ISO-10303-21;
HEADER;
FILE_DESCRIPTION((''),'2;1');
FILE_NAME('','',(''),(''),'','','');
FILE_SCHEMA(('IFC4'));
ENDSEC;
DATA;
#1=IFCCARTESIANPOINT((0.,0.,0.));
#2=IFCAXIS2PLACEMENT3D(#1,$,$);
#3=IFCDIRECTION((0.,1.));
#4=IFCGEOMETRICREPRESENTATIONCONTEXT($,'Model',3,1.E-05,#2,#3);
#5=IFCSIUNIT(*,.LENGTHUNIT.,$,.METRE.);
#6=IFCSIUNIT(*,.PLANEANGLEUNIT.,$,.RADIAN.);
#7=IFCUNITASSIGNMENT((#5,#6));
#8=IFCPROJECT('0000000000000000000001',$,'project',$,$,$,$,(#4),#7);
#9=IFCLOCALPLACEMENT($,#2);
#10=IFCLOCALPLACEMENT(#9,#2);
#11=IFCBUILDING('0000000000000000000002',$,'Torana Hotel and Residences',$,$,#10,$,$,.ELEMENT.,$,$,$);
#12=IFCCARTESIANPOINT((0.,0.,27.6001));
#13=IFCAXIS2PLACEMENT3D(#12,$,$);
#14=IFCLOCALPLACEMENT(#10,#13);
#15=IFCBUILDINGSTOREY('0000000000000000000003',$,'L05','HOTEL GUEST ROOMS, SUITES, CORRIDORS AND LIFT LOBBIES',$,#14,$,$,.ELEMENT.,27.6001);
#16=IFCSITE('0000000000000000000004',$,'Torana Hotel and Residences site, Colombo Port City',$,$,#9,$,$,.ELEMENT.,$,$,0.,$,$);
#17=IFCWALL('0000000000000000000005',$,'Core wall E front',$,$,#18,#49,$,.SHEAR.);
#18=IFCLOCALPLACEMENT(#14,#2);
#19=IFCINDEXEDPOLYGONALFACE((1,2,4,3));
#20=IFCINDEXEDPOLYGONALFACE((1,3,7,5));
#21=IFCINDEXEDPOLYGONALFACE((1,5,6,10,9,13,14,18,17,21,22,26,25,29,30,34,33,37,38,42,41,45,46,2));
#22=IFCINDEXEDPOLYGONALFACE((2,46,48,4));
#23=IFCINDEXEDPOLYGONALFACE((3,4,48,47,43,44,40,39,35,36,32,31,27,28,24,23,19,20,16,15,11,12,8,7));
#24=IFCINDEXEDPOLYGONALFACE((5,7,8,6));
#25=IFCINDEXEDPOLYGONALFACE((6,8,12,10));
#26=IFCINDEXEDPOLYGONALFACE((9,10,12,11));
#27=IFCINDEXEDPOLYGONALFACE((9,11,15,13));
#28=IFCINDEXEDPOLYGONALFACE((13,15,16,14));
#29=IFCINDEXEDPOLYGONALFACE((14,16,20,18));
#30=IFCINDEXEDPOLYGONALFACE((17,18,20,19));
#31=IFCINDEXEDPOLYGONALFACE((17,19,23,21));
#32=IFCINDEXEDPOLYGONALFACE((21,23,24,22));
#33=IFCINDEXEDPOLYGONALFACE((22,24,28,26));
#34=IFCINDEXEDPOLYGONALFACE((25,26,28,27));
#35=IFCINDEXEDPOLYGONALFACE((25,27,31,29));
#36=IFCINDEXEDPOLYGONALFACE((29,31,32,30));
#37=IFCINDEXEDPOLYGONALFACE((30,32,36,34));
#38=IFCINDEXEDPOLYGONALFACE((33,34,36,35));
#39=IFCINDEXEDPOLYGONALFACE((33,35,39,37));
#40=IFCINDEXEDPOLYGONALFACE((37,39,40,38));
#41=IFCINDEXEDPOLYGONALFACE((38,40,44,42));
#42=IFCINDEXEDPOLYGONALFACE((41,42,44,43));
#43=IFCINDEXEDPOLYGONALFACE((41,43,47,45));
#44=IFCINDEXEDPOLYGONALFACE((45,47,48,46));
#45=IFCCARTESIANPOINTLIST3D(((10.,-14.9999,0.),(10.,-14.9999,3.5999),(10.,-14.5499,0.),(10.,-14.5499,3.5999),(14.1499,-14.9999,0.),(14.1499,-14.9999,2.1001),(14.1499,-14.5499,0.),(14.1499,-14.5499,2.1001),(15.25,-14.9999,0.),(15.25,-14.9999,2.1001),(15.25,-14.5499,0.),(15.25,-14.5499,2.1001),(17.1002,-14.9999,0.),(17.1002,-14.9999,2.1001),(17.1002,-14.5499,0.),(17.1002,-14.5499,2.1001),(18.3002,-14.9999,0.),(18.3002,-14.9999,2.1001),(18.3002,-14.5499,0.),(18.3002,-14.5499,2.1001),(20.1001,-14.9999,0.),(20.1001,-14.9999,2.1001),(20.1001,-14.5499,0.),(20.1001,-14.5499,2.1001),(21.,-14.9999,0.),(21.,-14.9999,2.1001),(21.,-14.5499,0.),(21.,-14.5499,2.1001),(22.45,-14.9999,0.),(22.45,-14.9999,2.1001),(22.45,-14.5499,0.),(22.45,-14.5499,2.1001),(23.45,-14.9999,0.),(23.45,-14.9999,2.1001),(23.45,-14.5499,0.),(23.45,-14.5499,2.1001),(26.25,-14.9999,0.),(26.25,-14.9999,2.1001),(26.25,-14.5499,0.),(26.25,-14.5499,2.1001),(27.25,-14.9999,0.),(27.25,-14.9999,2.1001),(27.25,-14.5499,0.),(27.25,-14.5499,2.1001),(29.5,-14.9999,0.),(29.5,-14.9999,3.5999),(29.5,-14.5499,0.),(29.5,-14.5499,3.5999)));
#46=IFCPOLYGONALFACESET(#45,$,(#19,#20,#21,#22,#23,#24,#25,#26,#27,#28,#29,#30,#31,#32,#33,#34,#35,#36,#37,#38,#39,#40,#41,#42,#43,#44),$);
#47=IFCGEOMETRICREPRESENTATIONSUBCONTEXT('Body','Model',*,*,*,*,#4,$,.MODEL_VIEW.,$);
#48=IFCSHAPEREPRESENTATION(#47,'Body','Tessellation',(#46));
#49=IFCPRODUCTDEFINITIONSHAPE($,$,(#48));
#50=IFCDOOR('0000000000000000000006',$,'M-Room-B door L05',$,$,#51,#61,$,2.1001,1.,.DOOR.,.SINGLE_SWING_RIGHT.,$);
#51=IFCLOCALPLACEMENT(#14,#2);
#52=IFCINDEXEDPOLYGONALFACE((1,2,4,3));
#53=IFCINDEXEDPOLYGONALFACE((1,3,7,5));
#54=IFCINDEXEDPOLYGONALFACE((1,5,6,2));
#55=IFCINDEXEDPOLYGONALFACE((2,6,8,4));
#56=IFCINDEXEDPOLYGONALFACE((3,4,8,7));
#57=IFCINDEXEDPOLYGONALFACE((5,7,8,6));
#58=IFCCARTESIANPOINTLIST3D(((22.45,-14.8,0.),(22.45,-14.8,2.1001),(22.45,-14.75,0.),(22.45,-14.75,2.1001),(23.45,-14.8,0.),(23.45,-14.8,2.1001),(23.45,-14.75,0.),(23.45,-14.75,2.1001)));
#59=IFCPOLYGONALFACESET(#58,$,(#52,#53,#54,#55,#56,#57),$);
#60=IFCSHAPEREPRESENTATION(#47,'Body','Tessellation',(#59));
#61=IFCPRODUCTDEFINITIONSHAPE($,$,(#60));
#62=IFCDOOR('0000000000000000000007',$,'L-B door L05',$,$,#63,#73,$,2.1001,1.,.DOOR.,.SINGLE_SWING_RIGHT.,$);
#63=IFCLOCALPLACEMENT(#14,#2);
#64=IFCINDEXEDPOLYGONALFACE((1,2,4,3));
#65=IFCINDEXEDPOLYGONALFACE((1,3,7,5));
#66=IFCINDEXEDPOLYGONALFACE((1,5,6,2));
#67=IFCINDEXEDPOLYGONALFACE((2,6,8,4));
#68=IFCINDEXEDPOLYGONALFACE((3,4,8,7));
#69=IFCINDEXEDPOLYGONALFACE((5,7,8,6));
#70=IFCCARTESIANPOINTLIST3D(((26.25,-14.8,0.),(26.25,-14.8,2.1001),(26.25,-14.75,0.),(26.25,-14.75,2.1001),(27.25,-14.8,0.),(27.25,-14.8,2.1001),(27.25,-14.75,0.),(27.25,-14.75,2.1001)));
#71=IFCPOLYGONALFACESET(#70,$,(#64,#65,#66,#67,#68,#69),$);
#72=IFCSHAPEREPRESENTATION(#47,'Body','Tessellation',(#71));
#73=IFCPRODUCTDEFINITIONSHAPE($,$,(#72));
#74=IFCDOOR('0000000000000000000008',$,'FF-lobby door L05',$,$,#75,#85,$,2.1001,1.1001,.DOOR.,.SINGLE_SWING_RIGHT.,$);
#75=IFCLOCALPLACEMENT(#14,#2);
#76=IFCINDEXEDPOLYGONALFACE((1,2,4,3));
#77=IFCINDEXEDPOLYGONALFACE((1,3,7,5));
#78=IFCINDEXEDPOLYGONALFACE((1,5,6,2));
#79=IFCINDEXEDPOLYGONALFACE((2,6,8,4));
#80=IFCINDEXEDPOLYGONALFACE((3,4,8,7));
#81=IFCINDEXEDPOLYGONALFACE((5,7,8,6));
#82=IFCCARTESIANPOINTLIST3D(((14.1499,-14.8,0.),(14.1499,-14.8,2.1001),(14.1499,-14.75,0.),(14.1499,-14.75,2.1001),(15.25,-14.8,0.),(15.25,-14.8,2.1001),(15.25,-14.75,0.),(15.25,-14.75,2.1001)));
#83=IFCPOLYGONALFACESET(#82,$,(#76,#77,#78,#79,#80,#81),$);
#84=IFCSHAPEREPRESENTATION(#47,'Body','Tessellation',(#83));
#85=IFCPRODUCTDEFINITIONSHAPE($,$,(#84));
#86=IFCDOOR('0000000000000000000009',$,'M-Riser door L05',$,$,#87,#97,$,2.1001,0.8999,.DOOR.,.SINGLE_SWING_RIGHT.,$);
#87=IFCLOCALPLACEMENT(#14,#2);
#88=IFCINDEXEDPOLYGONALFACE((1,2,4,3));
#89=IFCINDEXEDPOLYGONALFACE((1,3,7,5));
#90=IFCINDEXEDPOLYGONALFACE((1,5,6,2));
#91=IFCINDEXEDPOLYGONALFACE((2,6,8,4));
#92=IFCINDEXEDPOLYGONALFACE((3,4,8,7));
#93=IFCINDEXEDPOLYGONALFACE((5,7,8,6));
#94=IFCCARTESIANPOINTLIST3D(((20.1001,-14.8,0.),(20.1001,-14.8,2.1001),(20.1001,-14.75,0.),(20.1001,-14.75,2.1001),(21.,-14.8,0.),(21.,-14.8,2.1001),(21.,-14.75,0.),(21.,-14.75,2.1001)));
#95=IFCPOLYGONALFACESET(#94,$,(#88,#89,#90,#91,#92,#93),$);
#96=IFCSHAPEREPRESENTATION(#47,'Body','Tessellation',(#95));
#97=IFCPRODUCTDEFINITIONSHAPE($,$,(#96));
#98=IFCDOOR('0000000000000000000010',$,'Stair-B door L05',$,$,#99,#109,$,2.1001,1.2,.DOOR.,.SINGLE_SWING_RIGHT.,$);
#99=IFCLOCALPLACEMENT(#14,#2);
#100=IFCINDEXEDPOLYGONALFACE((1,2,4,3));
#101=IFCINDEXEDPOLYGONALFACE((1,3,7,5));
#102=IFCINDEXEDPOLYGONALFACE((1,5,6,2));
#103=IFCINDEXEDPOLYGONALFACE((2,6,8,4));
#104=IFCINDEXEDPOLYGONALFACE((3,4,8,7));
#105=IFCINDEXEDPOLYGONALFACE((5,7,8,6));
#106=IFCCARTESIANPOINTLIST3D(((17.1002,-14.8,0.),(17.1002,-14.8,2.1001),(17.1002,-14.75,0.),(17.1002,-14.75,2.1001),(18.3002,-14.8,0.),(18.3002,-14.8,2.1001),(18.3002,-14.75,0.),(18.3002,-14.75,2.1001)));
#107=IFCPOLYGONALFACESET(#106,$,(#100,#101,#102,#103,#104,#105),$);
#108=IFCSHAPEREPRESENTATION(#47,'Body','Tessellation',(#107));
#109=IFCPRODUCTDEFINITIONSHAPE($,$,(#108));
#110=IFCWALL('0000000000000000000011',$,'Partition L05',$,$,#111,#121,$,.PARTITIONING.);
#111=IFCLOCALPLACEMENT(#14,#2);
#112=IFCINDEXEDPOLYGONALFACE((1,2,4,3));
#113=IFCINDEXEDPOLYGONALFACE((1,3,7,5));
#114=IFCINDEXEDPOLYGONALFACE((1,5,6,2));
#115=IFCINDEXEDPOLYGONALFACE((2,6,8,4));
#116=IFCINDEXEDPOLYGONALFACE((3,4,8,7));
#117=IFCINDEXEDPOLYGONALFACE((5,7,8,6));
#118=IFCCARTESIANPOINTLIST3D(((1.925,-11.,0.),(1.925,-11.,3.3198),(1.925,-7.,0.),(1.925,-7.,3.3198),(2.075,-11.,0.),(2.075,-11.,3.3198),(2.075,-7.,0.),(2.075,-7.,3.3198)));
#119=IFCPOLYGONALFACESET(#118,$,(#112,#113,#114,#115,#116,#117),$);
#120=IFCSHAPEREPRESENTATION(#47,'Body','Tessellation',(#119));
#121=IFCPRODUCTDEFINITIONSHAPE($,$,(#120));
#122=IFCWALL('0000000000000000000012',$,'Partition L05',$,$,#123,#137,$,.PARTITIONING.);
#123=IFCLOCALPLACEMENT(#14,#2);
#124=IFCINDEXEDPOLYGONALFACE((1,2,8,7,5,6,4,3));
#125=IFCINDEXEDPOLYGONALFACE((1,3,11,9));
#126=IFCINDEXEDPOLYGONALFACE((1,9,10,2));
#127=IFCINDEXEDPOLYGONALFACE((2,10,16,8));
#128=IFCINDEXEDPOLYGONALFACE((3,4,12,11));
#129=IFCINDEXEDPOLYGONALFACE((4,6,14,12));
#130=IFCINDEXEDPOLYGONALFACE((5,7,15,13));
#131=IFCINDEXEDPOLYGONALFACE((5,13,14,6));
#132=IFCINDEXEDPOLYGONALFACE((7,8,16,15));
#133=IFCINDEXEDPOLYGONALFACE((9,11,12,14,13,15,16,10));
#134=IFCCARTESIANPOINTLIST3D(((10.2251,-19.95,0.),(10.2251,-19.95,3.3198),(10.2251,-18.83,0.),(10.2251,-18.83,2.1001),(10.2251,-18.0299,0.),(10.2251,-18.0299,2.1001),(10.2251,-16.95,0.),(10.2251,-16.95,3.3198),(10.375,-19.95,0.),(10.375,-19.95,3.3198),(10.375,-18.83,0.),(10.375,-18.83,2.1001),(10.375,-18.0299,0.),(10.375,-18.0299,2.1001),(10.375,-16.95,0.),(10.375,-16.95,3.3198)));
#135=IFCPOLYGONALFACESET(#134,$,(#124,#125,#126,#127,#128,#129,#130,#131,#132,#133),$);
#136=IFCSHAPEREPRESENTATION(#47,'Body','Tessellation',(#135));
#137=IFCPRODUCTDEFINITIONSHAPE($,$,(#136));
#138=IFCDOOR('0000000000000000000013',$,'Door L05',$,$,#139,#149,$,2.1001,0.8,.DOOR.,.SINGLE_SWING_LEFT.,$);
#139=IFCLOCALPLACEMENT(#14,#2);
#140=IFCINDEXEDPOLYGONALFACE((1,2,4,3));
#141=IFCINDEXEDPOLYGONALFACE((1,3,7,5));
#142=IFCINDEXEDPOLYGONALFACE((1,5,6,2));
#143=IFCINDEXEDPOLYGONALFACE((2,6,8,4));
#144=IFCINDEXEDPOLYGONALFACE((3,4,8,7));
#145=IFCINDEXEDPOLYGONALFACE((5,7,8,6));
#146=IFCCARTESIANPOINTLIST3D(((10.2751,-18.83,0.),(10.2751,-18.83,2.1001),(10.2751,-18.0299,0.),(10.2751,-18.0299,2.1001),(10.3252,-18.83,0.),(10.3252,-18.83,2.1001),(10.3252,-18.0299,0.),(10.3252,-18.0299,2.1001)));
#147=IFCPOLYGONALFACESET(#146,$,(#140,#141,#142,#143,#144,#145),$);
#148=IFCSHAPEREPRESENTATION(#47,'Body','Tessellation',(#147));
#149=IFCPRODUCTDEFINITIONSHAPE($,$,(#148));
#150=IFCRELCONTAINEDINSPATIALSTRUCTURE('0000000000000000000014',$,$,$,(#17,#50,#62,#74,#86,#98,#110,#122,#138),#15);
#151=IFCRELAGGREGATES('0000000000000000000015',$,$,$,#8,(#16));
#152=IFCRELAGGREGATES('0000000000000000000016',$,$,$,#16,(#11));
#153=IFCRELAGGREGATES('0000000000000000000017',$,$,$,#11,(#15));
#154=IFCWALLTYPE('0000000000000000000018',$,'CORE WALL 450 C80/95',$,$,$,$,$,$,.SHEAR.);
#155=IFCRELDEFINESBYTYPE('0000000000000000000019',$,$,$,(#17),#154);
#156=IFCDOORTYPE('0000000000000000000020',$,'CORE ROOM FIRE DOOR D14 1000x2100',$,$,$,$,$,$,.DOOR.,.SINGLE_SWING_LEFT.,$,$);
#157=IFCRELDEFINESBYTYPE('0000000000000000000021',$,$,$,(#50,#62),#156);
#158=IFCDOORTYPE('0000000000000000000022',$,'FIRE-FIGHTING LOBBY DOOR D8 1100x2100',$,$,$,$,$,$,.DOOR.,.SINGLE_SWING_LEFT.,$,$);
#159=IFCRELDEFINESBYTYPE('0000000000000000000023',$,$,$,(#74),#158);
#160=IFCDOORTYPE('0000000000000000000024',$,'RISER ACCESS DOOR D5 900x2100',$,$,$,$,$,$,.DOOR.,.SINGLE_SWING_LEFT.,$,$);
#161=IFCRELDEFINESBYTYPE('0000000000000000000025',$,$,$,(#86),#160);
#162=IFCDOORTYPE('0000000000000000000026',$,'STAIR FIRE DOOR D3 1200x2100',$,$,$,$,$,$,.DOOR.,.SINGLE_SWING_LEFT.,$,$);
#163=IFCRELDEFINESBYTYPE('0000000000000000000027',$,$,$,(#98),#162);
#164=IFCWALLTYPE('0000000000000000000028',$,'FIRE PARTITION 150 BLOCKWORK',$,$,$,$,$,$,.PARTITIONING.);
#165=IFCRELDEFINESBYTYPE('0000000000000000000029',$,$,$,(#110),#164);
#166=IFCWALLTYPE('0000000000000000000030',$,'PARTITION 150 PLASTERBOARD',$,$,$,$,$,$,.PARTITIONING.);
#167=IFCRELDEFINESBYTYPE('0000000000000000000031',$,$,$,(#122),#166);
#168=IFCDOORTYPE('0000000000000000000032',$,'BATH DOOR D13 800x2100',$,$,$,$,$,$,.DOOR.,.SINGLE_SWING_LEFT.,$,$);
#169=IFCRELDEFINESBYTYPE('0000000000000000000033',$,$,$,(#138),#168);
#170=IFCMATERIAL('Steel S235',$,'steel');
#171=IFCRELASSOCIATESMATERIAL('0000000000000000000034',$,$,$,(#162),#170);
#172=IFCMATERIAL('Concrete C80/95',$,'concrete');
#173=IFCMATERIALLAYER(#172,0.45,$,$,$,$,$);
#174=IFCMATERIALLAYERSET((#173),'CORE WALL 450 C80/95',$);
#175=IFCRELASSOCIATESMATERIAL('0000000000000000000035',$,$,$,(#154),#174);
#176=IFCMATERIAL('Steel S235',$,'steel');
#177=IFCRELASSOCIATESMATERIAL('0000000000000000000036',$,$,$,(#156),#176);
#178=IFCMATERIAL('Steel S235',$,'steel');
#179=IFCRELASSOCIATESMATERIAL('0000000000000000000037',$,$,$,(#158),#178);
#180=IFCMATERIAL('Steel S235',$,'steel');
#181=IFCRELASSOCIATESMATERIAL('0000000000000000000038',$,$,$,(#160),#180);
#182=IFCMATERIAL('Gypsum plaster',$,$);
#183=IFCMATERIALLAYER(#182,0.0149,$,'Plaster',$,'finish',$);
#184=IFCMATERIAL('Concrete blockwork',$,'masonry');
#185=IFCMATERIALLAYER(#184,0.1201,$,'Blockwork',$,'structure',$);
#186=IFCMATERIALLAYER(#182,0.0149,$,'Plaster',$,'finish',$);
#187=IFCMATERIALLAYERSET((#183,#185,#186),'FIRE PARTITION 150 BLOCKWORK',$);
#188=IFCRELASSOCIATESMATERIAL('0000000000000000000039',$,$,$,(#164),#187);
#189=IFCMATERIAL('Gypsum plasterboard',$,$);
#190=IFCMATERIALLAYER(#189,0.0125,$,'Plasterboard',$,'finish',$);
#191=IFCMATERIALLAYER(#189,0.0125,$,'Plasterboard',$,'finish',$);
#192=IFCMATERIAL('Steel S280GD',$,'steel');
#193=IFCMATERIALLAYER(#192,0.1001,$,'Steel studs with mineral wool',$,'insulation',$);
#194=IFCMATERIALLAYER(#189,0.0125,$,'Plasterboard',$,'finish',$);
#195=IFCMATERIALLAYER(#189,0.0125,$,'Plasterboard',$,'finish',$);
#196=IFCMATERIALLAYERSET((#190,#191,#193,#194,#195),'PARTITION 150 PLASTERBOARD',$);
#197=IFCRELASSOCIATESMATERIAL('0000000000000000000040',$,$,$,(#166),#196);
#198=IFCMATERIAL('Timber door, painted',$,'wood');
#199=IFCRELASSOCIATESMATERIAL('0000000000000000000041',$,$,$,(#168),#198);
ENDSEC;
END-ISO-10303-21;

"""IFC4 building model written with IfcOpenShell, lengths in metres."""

from ifc_helpers import new_model, si_unit, direction, frame, frame_2d, origin, place, context, subcontext, project, spatial, rectangle, extrude, material, layer, layer_set, type_object, element, fill, save


model = new_model("IFC4")

# Units and contexts
model_context = context("Model", 3, precision=1e-05, world=origin(), true_north=direction((0.0, 1.0)))
body_context = subcontext(model_context, "Body", "Model", "MODEL_VIEW")
ifc_project = project(units=[si_unit("LENGTHUNIT", "METRE"), si_unit("PLANEANGLEUNIT", "RADIAN")], contexts=[model_context])

# Site, building, storey
site_placement = place(None, origin())
site = spatial("IfcSite", under=ifc_project, at=site_placement, Name="Torana Hotel and Residences site, Colombo Port City", CompositionType="ELEMENT", RefElevation=0.0)
building_placement = place(site_placement, origin())
building = spatial("IfcBuilding", under=site, at=building_placement, Name="Torana Hotel and Residences", CompositionType="ELEMENT")
storey_placement = place(building_placement, frame((0.0, 0.0, 27.6001)))
storey = spatial("IfcBuildingStorey", under=building, at=storey_placement, Name="L05", Description="HOTEL GUEST ROOMS, SUITES, CORRIDORS AND LIFT LOBBIES", CompositionType="ELEMENT", Elevation=27.6001)

# Wall, openings, doors
ifc_material_1 = material(Name="Steel S235", Category="steel")
door_type_1 = type_object("IfcDoorType", Name="STAIR FIRE DOOR D3 1200x2100", OperationType="SINGLE_SWING_LEFT", PredefinedType="DOOR", material=ifc_material_1)
ifc_material_2 = material(Name="Concrete C80/95", Category="concrete")
ifc_layer_1 = layer(ifc_material_2, 0.45)
ifc_layer_set_1 = layer_set([ifc_layer_1], Name="CORE WALL 450 C80/95")
wall_type_1 = type_object("IfcWallType", Name="CORE WALL 450 C80/95", PredefinedType="SHEAR", material=ifc_layer_set_1)
wall_1_placement = place(storey_placement, frame((10.0, -14.7749, 0.0), z_axis=(0.0, 0.0, 1.0), x_axis=(1.0, 0.0, 0.0)))
wall_1 = element("IfcWall", 1, at=wall_1_placement, inside=storey, type_object=wall_type_1, Name="Core wall E front", PredefinedType="SHEAR", context=body_context, shape_type="SweptSolid", body=[
    extrude(rectangle(XDim=19.5, YDim=0.45, at=frame_2d((9.75, 0.0))), origin(), (0.0, 0.0, 1.0), 3.5999),
])
opening_1_placement = place(wall_1_placement, frame((7.1001, 0.0, 0.0)))
opening_1 = element("IfcOpeningElement", 2, at=opening_1_placement, cuts=wall_1, PredefinedType="OPENING", context=body_context, shape_type="SweptSolid", body=[
    extrude(rectangle(XDim=1.2, YDim=2.1001, at=frame_2d((0.6001, 1.05))), frame((0.0, 0.2349, 0.0), z_axis=(0.0, -1.0, 0.0), x_axis=(1.0, 0.0, 0.0)), (0.0, 0.0, 1.0), 0.47),
])
opening_2_placement = place(wall_1_placement, frame((4.1499, 0.0, 0.0)))
opening_2 = element("IfcOpeningElement", 3, at=opening_2_placement, cuts=wall_1, PredefinedType="OPENING", context=body_context, shape_type="SweptSolid", body=[
    extrude(rectangle(XDim=1.1001, YDim=2.1001, at=frame_2d((0.55, 1.05))), frame((0.0, 0.2349, 0.0), z_axis=(0.0, -1.0, 0.0), x_axis=(1.0, 0.0, 0.0)), (0.0, 0.0, 1.0), 0.47),
])
opening_3_placement = place(wall_1_placement, frame((10.1001, 0.0, 0.0)))
opening_3 = element("IfcOpeningElement", 4, at=opening_3_placement, cuts=wall_1, PredefinedType="OPENING", context=body_context, shape_type="SweptSolid", body=[
    extrude(rectangle(XDim=0.8999, YDim=2.1001, at=frame_2d((0.45, 1.05))), frame((0.0, 0.2349, 0.0), z_axis=(0.0, -1.0, 0.0), x_axis=(1.0, 0.0, 0.0)), (0.0, 0.0, 1.0), 0.47),
])
opening_4_placement = place(wall_1_placement, frame((12.45, 0.0, 0.0)))
opening_4 = element("IfcOpeningElement", 5, at=opening_4_placement, cuts=wall_1, PredefinedType="OPENING", context=body_context, shape_type="SweptSolid", body=[
    extrude(rectangle(XDim=1.0, YDim=2.1001, at=frame_2d((0.5, 1.05))), frame((0.0, 0.2349, 0.0), z_axis=(0.0, -1.0, 0.0), x_axis=(1.0, 0.0, 0.0)), (0.0, 0.0, 1.0), 0.47),
])
opening_5_placement = place(wall_1_placement, frame((16.25, 0.0, 0.0)))
opening_5 = element("IfcOpeningElement", 6, at=opening_5_placement, cuts=wall_1, PredefinedType="OPENING", context=body_context, shape_type="SweptSolid", body=[
    extrude(rectangle(XDim=1.0, YDim=2.1001, at=frame_2d((0.5, 1.05))), frame((0.0, 0.2349, 0.0), z_axis=(0.0, -1.0, 0.0), x_axis=(1.0, 0.0, 0.0)), (0.0, 0.0, 1.0), 0.47),
])
ifc_material_3 = material(Name="Steel S235", Category="steel")
door_type_2 = type_object("IfcDoorType", Name="CORE ROOM FIRE DOOR D14 1000x2100", OperationType="SINGLE_SWING_LEFT", PredefinedType="DOOR", material=ifc_material_3)
door_1_placement = place(opening_4_placement, origin())
door_1 = element("IfcDoor", 7, at=door_1_placement, inside=storey, type_object=door_type_2, Name="M-Room-B door L05", OperationType="SINGLE_SWING_RIGHT", OverallHeight=2.1001, OverallWidth=1.0, PredefinedType="DOOR", context=body_context, shape_type="SweptSolid", body=[
    extrude(rectangle(XDim=1.0, YDim=2.1001, at=frame_2d((0.5, 1.05))), frame((0.0, 0.0249, 0.0), z_axis=(0.0, -1.0, 0.0), x_axis=(1.0, 0.0, 0.0)), (0.0, 0.0, 1.0), 0.05),
])
fill(opening_4, door_1)
door_2_placement = place(opening_5_placement, origin())
door_2 = element("IfcDoor", 8, at=door_2_placement, inside=storey, type_object=door_type_2, Name="L-B door L05", OperationType="SINGLE_SWING_RIGHT", OverallHeight=2.1001, OverallWidth=1.0, PredefinedType="DOOR", context=body_context, shape_type="SweptSolid", body=[
    extrude(rectangle(XDim=1.0, YDim=2.1001, at=frame_2d((0.5, 1.05))), frame((0.0, 0.0249, 0.0), z_axis=(0.0, -1.0, 0.0), x_axis=(1.0, 0.0, 0.0)), (0.0, 0.0, 1.0), 0.05),
])
fill(opening_5, door_2)
ifc_material_4 = material(Name="Steel S235", Category="steel")
door_type_3 = type_object("IfcDoorType", Name="FIRE-FIGHTING LOBBY DOOR D8 1100x2100", OperationType="SINGLE_SWING_LEFT", PredefinedType="DOOR", material=ifc_material_4)
door_3_placement = place(opening_2_placement, origin())
door_3 = element("IfcDoor", 9, at=door_3_placement, inside=storey, type_object=door_type_3, Name="FF-lobby door L05", OperationType="SINGLE_SWING_RIGHT", OverallHeight=2.1001, OverallWidth=1.1001, PredefinedType="DOOR", context=body_context, shape_type="SweptSolid", body=[
    extrude(rectangle(XDim=1.1001, YDim=2.1001, at=frame_2d((0.55, 1.05))), frame((0.0, 0.0249, 0.0), z_axis=(0.0, -1.0, 0.0), x_axis=(1.0, 0.0, 0.0)), (0.0, 0.0, 1.0), 0.05),
])
fill(opening_2, door_3)
ifc_material_5 = material(Name="Steel S235", Category="steel")
door_type_4 = type_object("IfcDoorType", Name="RISER ACCESS DOOR D5 900x2100", OperationType="SINGLE_SWING_LEFT", PredefinedType="DOOR", material=ifc_material_5)
door_4_placement = place(opening_3_placement, origin())
door_4 = element("IfcDoor", 10, at=door_4_placement, inside=storey, type_object=door_type_4, Name="M-Riser door L05", OperationType="SINGLE_SWING_RIGHT", OverallHeight=2.1001, OverallWidth=0.8999, PredefinedType="DOOR", context=body_context, shape_type="SweptSolid", body=[
    extrude(rectangle(XDim=0.8999, YDim=2.1001, at=frame_2d((0.45, 1.05))), frame((0.0, 0.0249, 0.0), z_axis=(0.0, -1.0, 0.0), x_axis=(1.0, 0.0, 0.0)), (0.0, 0.0, 1.0), 0.05),
])
fill(opening_3, door_4)
door_5_placement = place(opening_1_placement, origin())
door_5 = element("IfcDoor", 11, at=door_5_placement, inside=storey, type_object=door_type_1, Name="Stair-B door L05", OperationType="SINGLE_SWING_RIGHT", OverallHeight=2.1001, OverallWidth=1.2, PredefinedType="DOOR", context=body_context, shape_type="SweptSolid", body=[
    extrude(rectangle(XDim=1.2, YDim=2.1001, at=frame_2d((0.6001, 1.05))), frame((0.0, 0.0249, 0.0), z_axis=(0.0, -1.0, 0.0), x_axis=(1.0, 0.0, 0.0)), (0.0, 0.0, 1.0), 0.05),
])
fill(opening_1, door_5)

# Wall
ifc_material_6 = material(Name="Gypsum plaster")
ifc_layer_2 = layer(ifc_material_6, 0.0149, Name="Plaster", Category="finish")
ifc_material_7 = material(Name="Concrete blockwork", Category="masonry")
ifc_layer_3 = layer(ifc_material_7, 0.1201, Name="Blockwork", Category="structure")
ifc_layer_4 = layer(ifc_material_6, 0.0149, Name="Plaster", Category="finish")
ifc_layer_set_2 = layer_set([ifc_layer_2, ifc_layer_3, ifc_layer_4], Name="FIRE PARTITION 150 BLOCKWORK")
wall_type_2 = type_object("IfcWallType", Name="FIRE PARTITION 150 BLOCKWORK", PredefinedType="PARTITIONING", material=ifc_layer_set_2)
wall_2_placement = place(storey_placement, frame((2.0, -11.0, 0.0), z_axis=(0.0, 0.0, 1.0), x_axis=(0.0, 1.0, 0.0)))
element("IfcWall", 12, at=wall_2_placement, inside=storey, type_object=wall_type_2, Name="Partition L05", PredefinedType="PARTITIONING", context=body_context, shape_type="SweptSolid", body=[
    extrude(rectangle(XDim=4.0, YDim=0.1499, at=frame_2d((2.0, 0.0))), origin(), (0.0, 0.0, 1.0), 3.3198),
])

# Wall, opening, door
ifc_material_8 = material(Name="Gypsum plasterboard")
ifc_layer_5 = layer(ifc_material_8, 0.0125, Name="Plasterboard", Category="finish")
ifc_layer_6 = layer(ifc_material_8, 0.0125, Name="Plasterboard", Category="finish")
ifc_material_9 = material(Name="Steel S280GD", Category="steel")
ifc_layer_7 = layer(ifc_material_9, 0.1001, Name="Steel studs with mineral wool", Category="insulation")
ifc_layer_8 = layer(ifc_material_8, 0.0125, Name="Plasterboard", Category="finish")
ifc_layer_9 = layer(ifc_material_8, 0.0125, Name="Plasterboard", Category="finish")
ifc_layer_set_3 = layer_set([ifc_layer_5, ifc_layer_6, ifc_layer_7, ifc_layer_8, ifc_layer_9], Name="PARTITION 150 PLASTERBOARD")
wall_type_3 = type_object("IfcWallType", Name="PARTITION 150 PLASTERBOARD", PredefinedType="PARTITIONING", material=ifc_layer_set_3)
wall_3_placement = place(storey_placement, frame((10.3, -19.95, 0.0), z_axis=(0.0, 0.0, 1.0), x_axis=(0.0, 1.0, 0.0)))
wall_3 = element("IfcWall", 13, at=wall_3_placement, inside=storey, type_object=wall_type_3, Name="Partition L05", PredefinedType="PARTITIONING", context=body_context, shape_type="SweptSolid", body=[
    extrude(rectangle(XDim=3.0, YDim=0.1499, at=frame_2d((1.5, 0.0))), origin(), (0.0, 0.0, 1.0), 3.3198),
])
opening_6_placement = place(wall_3_placement, frame((1.1201, 0.0, 0.0)))
opening_6 = element("IfcOpeningElement", 14, at=opening_6_placement, cuts=wall_3, PredefinedType="OPENING", context=body_context, shape_type="SweptSolid", body=[
    extrude(rectangle(XDim=0.8, YDim=2.1001, at=frame_2d((0.3999, 1.05))), frame((0.0, 0.085, 0.0), z_axis=(0.0, -1.0, 0.0), x_axis=(1.0, 0.0, 0.0)), (0.0, 0.0, 1.0), 0.1699),
])
ifc_material_10 = material(Name="Timber door, painted", Category="wood")
door_type_5 = type_object("IfcDoorType", Name="BATH DOOR D13 800x2100", OperationType="SINGLE_SWING_LEFT", PredefinedType="DOOR", material=ifc_material_10)
door_6_placement = place(opening_6_placement, origin())
door_6 = element("IfcDoor", 15, at=door_6_placement, inside=storey, type_object=door_type_5, Name="Door L05", OperationType="SINGLE_SWING_LEFT", OverallHeight=2.1001, OverallWidth=0.8, PredefinedType="DOOR", context=body_context, shape_type="SweptSolid", body=[
    extrude(rectangle(XDim=0.8, YDim=2.1001, at=frame_2d((0.3999, 1.05))), frame((0.0, 0.0249, 0.0), z_axis=(0.0, -1.0, 0.0), x_axis=(1.0, 0.0, 0.0)), (0.0, 0.0, 1.0), 0.05),
])
fill(opening_6, door_6)

save(model, "model.ifc")
